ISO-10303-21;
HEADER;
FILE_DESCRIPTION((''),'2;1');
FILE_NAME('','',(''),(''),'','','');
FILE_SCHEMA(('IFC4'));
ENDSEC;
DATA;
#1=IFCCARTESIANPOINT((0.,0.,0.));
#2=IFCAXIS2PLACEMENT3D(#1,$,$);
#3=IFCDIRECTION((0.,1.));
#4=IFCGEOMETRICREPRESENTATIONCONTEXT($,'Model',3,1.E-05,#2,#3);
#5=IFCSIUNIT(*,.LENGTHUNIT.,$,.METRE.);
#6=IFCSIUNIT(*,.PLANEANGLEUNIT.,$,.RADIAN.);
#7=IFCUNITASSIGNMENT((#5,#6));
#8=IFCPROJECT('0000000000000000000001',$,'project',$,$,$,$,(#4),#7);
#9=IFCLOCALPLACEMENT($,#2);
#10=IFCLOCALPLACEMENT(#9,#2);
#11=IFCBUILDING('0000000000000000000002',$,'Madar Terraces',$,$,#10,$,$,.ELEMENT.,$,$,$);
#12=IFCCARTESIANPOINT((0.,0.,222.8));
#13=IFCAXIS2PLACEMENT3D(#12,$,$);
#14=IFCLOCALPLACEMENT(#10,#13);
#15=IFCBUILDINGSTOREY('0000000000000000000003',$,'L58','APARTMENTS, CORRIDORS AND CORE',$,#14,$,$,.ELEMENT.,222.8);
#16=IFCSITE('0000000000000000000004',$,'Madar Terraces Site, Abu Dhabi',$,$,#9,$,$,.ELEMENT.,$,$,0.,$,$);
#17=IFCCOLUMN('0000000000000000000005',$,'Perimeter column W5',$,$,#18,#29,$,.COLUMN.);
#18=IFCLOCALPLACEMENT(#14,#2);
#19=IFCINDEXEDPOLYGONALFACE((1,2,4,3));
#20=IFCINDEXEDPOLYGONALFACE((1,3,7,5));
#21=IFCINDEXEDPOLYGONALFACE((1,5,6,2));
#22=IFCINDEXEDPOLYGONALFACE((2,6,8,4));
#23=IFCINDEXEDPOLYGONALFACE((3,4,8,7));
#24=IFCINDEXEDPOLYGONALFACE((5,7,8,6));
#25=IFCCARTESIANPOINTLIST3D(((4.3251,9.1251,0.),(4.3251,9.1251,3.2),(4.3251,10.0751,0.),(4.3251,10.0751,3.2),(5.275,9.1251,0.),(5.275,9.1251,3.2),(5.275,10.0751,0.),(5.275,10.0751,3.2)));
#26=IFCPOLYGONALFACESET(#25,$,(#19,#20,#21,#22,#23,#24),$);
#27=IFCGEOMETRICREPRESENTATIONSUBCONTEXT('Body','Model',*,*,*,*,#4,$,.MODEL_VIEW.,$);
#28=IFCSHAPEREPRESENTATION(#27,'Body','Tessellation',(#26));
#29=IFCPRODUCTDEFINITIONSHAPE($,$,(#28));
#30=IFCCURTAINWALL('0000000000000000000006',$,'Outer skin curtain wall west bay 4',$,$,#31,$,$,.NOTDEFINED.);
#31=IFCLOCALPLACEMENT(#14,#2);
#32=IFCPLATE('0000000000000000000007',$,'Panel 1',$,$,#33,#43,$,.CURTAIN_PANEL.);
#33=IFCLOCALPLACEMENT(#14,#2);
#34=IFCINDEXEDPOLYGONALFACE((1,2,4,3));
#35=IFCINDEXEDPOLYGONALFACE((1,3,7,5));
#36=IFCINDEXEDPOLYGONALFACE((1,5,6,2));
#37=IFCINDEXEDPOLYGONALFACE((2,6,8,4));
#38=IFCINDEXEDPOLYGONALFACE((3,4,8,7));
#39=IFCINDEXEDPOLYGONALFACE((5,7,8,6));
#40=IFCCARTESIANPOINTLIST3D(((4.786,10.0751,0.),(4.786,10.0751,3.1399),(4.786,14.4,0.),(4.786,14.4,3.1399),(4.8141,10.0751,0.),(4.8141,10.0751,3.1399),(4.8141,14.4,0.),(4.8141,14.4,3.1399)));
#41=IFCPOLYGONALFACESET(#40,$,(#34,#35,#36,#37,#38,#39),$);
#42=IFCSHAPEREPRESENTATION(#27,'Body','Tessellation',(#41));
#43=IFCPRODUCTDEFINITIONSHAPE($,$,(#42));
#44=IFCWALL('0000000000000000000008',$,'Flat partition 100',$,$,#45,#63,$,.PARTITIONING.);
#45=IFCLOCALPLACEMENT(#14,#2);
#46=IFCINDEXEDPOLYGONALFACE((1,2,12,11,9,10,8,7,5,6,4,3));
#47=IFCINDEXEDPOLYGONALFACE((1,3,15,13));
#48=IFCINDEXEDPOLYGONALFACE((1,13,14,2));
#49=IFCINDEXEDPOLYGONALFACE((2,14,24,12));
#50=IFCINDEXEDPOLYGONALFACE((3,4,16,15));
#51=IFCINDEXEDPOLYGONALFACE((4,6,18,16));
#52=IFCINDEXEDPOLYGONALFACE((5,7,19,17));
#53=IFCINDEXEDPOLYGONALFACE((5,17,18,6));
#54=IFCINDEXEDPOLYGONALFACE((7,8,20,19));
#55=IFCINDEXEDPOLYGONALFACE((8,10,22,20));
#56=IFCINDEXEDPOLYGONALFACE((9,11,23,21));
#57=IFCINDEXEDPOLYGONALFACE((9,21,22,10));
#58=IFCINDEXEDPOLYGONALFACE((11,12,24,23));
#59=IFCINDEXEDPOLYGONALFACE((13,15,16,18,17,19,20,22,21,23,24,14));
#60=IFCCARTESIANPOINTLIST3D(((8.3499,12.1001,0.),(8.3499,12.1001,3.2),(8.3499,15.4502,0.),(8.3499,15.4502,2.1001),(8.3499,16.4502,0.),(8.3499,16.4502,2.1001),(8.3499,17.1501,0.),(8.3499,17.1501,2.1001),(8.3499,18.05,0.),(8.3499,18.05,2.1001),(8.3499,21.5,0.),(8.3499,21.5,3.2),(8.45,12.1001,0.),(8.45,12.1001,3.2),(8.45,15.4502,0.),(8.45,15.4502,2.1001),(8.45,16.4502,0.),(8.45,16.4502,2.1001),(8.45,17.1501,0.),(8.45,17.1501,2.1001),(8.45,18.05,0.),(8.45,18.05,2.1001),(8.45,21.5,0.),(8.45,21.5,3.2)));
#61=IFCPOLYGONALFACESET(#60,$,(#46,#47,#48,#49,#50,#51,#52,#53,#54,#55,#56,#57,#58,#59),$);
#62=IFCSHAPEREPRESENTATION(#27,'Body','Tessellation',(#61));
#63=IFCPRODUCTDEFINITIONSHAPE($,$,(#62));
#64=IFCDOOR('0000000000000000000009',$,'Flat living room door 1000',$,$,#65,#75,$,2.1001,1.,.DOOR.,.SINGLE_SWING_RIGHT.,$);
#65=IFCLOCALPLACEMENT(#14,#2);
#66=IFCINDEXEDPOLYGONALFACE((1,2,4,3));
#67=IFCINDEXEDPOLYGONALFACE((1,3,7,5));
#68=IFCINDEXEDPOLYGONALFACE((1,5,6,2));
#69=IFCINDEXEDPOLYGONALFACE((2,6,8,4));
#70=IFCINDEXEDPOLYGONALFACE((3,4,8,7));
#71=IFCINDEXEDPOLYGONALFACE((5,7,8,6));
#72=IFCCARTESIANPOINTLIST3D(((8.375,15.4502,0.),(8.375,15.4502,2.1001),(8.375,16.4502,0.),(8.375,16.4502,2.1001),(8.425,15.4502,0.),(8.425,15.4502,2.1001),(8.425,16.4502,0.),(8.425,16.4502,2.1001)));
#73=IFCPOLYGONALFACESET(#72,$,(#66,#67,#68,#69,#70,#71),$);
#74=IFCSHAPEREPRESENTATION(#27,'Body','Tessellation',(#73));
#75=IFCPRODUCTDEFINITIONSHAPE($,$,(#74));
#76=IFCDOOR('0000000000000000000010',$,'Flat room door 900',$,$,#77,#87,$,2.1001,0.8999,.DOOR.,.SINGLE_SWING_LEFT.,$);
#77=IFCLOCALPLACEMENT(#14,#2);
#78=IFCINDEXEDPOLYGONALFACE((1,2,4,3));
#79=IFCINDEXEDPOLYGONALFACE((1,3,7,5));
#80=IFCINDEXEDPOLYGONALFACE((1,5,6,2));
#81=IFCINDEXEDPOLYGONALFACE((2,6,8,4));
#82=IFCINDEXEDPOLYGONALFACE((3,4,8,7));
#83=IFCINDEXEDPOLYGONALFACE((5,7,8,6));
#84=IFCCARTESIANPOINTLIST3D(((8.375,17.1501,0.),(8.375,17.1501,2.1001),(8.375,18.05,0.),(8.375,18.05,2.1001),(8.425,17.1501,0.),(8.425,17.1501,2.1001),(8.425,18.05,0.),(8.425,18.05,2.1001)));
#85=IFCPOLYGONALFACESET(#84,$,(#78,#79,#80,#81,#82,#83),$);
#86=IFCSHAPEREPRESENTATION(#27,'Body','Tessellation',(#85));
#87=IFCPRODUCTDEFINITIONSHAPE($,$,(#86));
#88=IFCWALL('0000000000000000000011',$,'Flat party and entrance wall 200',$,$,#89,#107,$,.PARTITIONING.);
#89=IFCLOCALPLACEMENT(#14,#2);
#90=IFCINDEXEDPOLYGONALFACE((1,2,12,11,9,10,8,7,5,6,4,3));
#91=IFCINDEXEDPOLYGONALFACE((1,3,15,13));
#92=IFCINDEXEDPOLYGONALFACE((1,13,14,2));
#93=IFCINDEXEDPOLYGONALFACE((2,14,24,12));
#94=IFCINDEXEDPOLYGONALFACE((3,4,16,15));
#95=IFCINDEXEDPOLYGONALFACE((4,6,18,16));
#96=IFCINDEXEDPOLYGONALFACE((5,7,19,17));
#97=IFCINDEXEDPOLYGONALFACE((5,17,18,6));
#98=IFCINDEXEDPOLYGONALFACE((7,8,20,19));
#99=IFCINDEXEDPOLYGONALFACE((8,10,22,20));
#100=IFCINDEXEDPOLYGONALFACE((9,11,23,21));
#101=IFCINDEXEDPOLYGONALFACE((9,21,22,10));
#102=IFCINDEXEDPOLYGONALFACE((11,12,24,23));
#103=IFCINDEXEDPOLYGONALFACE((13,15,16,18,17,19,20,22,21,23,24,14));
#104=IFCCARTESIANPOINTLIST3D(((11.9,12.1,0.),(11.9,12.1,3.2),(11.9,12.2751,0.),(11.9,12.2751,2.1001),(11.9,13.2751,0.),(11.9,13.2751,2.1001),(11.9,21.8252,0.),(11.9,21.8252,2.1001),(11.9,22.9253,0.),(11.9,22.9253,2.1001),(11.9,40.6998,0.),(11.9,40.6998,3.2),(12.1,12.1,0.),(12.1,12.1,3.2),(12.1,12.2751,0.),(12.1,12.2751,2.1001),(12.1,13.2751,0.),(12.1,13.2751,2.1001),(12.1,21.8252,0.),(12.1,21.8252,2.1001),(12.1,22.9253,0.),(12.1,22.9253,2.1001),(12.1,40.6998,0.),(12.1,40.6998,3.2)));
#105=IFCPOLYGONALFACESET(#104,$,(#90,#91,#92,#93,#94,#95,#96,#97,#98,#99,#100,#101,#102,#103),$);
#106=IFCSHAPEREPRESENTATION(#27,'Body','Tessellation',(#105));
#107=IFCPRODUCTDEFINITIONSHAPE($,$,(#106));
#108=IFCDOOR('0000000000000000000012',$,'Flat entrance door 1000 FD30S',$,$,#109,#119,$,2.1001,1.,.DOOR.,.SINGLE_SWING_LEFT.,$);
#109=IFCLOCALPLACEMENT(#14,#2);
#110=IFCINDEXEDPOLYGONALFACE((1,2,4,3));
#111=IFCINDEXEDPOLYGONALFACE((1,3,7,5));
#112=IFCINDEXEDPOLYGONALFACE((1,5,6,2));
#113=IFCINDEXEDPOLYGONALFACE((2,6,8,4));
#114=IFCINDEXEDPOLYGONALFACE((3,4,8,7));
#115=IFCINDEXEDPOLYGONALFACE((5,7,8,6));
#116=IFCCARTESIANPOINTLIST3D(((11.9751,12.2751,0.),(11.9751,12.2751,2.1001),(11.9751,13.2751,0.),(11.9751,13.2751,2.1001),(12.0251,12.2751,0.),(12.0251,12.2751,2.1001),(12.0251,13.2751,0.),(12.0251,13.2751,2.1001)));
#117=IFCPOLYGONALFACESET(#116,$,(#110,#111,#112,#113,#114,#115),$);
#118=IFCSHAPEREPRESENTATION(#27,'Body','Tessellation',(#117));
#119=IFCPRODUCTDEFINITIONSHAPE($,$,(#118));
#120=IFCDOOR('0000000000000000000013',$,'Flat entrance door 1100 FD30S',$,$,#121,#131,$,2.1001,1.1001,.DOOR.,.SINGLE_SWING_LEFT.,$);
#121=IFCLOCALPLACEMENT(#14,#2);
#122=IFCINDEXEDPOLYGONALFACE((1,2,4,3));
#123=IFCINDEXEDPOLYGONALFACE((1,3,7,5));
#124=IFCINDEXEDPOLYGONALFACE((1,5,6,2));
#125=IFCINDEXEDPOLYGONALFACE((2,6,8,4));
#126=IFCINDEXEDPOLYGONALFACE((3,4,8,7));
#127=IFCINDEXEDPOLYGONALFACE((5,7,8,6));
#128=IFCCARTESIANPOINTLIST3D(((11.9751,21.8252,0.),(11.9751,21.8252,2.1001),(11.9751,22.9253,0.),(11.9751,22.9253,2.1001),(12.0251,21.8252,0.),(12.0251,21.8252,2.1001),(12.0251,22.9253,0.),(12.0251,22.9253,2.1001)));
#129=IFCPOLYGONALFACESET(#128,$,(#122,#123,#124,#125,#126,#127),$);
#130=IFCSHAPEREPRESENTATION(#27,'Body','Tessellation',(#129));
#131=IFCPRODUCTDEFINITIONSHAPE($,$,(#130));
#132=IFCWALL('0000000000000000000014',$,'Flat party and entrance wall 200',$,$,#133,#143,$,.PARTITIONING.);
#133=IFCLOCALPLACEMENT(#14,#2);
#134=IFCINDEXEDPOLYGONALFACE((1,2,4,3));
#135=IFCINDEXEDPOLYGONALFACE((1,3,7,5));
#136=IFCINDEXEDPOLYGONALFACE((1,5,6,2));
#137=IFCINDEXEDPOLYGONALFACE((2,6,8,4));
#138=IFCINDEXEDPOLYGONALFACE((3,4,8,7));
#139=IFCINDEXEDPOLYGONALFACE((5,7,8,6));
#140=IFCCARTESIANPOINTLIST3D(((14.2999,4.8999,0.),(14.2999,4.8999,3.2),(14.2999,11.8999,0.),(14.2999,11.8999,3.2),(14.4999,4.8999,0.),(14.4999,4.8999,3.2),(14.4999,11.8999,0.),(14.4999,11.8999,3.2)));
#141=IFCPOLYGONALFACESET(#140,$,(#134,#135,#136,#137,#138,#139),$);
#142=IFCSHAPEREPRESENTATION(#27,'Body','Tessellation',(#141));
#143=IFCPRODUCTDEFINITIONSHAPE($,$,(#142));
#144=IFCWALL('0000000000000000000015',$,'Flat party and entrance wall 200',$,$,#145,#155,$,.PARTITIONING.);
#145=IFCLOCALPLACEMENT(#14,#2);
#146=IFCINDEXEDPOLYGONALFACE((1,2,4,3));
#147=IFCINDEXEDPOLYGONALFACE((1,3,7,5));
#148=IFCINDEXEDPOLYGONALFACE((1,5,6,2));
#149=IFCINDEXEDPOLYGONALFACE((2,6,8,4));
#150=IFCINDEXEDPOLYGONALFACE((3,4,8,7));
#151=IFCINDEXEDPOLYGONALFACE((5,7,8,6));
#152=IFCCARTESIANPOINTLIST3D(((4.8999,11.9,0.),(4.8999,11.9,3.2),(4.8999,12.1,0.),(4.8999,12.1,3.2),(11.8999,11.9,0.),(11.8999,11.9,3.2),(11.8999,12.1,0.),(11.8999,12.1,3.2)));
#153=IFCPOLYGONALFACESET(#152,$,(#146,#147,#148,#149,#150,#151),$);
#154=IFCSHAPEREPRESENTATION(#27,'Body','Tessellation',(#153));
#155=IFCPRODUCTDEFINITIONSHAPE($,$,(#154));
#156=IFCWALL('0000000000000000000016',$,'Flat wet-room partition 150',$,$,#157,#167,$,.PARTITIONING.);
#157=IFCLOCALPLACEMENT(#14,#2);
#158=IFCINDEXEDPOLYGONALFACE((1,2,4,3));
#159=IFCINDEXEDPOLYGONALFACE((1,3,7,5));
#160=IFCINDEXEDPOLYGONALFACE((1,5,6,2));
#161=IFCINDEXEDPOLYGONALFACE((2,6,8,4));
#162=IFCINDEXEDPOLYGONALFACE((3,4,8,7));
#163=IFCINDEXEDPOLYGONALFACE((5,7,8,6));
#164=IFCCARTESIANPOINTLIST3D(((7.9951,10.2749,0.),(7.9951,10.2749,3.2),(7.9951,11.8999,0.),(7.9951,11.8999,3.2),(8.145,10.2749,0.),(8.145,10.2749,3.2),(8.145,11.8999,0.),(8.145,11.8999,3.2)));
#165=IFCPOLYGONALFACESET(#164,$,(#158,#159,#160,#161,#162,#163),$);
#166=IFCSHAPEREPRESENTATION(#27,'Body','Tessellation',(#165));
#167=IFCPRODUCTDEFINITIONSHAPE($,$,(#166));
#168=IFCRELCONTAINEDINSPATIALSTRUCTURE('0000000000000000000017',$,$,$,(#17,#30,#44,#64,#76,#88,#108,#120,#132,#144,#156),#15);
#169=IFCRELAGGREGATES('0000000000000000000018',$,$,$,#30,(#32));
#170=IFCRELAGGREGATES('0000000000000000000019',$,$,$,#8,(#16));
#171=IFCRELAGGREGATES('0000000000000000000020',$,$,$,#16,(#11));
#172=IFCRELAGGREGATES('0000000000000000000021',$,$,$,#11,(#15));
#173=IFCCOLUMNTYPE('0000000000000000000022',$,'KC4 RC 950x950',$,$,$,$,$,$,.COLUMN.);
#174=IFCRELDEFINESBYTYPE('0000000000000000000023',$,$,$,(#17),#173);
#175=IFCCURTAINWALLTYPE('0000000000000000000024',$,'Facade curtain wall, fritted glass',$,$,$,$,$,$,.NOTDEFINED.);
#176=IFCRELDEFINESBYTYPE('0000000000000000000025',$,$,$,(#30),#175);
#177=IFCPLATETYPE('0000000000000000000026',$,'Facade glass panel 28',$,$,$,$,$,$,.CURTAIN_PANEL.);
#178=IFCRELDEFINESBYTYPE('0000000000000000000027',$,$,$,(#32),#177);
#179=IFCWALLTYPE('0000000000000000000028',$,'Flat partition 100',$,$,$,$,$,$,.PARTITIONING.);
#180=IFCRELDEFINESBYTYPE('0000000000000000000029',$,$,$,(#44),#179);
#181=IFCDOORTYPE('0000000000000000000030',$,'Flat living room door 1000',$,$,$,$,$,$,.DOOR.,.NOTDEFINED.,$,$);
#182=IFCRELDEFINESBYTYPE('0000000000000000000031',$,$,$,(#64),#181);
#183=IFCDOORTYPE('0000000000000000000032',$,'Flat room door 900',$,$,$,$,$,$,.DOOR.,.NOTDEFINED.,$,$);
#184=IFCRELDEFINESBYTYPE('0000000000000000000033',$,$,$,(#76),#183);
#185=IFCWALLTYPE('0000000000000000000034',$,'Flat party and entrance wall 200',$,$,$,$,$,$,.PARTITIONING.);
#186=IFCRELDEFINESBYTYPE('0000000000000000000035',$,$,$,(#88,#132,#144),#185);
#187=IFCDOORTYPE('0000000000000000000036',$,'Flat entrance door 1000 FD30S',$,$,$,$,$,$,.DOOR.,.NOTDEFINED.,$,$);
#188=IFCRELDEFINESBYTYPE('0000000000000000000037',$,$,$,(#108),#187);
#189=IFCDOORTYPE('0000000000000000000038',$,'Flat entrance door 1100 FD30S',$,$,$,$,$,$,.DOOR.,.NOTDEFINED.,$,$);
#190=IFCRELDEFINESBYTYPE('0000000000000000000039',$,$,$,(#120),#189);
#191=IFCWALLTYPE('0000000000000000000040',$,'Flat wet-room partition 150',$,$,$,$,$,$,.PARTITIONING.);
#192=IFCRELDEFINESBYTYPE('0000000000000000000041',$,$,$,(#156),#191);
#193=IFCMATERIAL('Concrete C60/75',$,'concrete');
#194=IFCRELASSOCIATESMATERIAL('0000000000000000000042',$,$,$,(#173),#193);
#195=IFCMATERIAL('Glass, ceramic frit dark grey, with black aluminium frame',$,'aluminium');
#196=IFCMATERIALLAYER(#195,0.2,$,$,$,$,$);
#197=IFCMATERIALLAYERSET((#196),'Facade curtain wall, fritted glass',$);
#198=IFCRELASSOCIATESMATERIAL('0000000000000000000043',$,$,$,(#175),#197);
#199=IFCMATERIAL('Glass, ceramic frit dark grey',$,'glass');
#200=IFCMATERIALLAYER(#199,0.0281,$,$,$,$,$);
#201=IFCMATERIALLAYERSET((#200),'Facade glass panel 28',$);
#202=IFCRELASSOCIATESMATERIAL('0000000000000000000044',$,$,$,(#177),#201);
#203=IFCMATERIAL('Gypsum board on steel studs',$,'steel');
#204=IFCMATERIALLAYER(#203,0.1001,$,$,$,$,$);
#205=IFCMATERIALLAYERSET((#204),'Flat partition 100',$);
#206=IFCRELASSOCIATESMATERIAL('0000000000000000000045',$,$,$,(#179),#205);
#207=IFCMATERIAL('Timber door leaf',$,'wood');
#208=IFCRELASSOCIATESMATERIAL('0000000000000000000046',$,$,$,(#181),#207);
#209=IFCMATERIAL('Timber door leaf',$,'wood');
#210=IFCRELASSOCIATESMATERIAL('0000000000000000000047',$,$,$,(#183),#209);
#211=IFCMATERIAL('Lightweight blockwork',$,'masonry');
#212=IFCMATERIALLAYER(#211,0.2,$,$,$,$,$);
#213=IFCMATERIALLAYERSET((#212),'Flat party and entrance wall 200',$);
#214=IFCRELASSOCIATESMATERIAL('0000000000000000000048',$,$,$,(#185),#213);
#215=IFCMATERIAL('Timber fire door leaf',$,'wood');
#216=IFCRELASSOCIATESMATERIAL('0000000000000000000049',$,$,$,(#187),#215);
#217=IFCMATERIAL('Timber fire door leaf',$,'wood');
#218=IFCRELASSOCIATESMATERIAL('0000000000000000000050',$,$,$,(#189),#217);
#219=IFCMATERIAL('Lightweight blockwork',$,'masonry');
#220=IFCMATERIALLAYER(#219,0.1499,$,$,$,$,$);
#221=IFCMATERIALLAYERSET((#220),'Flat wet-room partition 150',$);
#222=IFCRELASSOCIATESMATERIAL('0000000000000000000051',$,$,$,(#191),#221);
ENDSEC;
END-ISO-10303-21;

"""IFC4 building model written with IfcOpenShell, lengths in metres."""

from ifc_helpers import new_model, si_unit, direction, frame, frame_2d, origin, origin_2d, place, context, subcontext, project, spatial, rectangle, extrude, material, layer, layer_set, material_profile, profile_set, type_object, element, fill, aggregate, save


model = new_model("IFC4")

# Units and contexts
model_context = context("Model", 3, precision=1e-05, world=origin(), true_north=direction((0.0, 1.0)))
body_context = subcontext(model_context, "Body", "Model", "MODEL_VIEW")
ifc_project = project(units=[si_unit("LENGTHUNIT", "METRE"), si_unit("PLANEANGLEUNIT", "RADIAN")], contexts=[model_context])

# Site, building, storey
site_placement = place(None, origin())
site = spatial("IfcSite", under=ifc_project, at=site_placement, Name="Madar Terraces Site, Abu Dhabi", CompositionType="ELEMENT", RefElevation=0.0)
building_placement = place(site_placement, origin())
building = spatial("IfcBuilding", under=site, at=building_placement, Name="Madar Terraces", CompositionType="ELEMENT")
storey_placement = place(building_placement, frame((0.0, 0.0, 222.8)))
storey = spatial("IfcBuildingStorey", under=building, at=storey_placement, Name="L58", Description="APARTMENTS, CORRIDORS AND CORE", CompositionType="ELEMENT", Elevation=222.8)

# Column
ifc_material_1 = material(Name="Concrete C60/75", Category="concrete")
ifc_material_profile = material_profile(ifc_material_1, rectangle(XDim=0.95, YDim=0.95, at=origin_2d()), Name="KC4 RC 950x950")
ifc_profile_set = profile_set([ifc_material_profile], Name="Concrete C60/75")
column_type = type_object("IfcColumnType", Name="KC4 RC 950x950", PredefinedType="COLUMN", material=ifc_profile_set)
column_placement = place(storey_placement, frame((4.8, 9.6001, 0.0), z_axis=(0.0, 0.0, 1.0), x_axis=(1.0, 0.0, 0.0)))
element("IfcColumn", 1, at=column_placement, inside=storey, type_object=column_type, Name="Perimeter column W5", PredefinedType="COLUMN", context=body_context, shape_type="SweptSolid", body=[
    extrude(rectangle(XDim=0.95, YDim=0.95, at=origin_2d()), origin(), (0.0, 0.0, 1.0), 3.2),
])

# Curtain wall, plate
ifc_material_2 = material(Name="Glass, ceramic frit dark grey, with black aluminium frame", Category="aluminium")
ifc_layer_1 = layer(ifc_material_2, 0.2)
ifc_layer_set_1 = layer_set([ifc_layer_1], Name="Facade curtain wall, fritted glass")
curtain_wall_type = type_object("IfcCurtainWallType", Name="Facade curtain wall, fritted glass", PredefinedType="NOTDEFINED", material=ifc_layer_set_1)
curtain_wall_placement = place(storey_placement, origin())
curtain_wall = element("IfcCurtainWall", 2, at=curtain_wall_placement, inside=storey, type_object=curtain_wall_type, Name="Outer skin curtain wall west bay 4", PredefinedType="NOTDEFINED")
ifc_material_3 = material(Name="Glass, ceramic frit dark grey", Category="glass")
ifc_layer_2 = layer(ifc_material_3, 0.0281)
ifc_layer_set_2 = layer_set([ifc_layer_2], Name="Facade glass panel 28")
plate_type = type_object("IfcPlateType", Name="Facade glass panel 28", PredefinedType="CURTAIN_PANEL", material=ifc_layer_set_2)
plate_placement = place(storey_placement, frame((4.8, 12.2375, 0.0), z_axis=(0.0, 0.0, 1.0), x_axis=(0.0, -1.0, 0.0)))
plate = element("IfcPlate", 3, at=plate_placement, type_object=plate_type, Name="Panel 1", PredefinedType="CURTAIN_PANEL", context=body_context, shape_type="SweptSolid", body=[
    extrude(rectangle(XDim=4.325, YDim=0.0281, at=origin_2d()), origin(), (0.0, 0.0, 1.0), 3.1399),
])
aggregate(curtain_wall, [plate])

# Walls, openings, doors
ifc_material_4 = material(Name="Gypsum board on steel studs", Category="steel")
ifc_layer_3 = layer(ifc_material_4, 0.1001)
ifc_layer_set_3 = layer_set([ifc_layer_3], Name="Flat partition 100")
wall_type_1 = type_object("IfcWallType", Name="Flat partition 100", PredefinedType="PARTITIONING", material=ifc_layer_set_3)
wall_1_placement = place(storey_placement, frame((8.3999, 12.1001, 0.0), z_axis=(0.0, 0.0, 1.0), x_axis=(0.0, 1.0, 0.0)))
wall_1 = element("IfcWall", 4, at=wall_1_placement, inside=storey, type_object=wall_type_1, Name="Flat partition 100", PredefinedType="PARTITIONING", context=body_context, shape_type="SweptSolid", body=[
    extrude(rectangle(XDim=9.3999, YDim=0.1001, at=frame_2d((4.7, 0.0))), origin(), (0.0, 0.0, 1.0), 3.2),
])
opening_1_placement = place(wall_1_placement, frame((3.3501, 0.0, 0.0)))
opening_1 = element("IfcOpeningElement", 5, at=opening_1_placement, cuts=wall_1, PredefinedType="OPENING", context=body_context, shape_type="SweptSolid", body=[
    extrude(rectangle(XDim=1.0, YDim=2.1001, at=frame_2d((0.5, 1.05))), frame((0.0, 0.0601, 0.0), z_axis=(0.0, -1.0, 0.0), x_axis=(1.0, 0.0, 0.0)), (0.0, 0.0, 1.0), 0.1201),
])
opening_2_placement = place(wall_1_placement, frame((5.05, 0.0, 0.0)))
opening_2 = element("IfcOpeningElement", 6, at=opening_2_placement, cuts=wall_1, PredefinedType="OPENING", context=body_context, shape_type="SweptSolid", body=[
    extrude(rectangle(XDim=0.8999, YDim=2.1001, at=frame_2d((0.45, 1.05))), frame((0.0, 0.0601, 0.0), z_axis=(0.0, -1.0, 0.0), x_axis=(1.0, 0.0, 0.0)), (0.0, 0.0, 1.0), 0.1201),
])
ifc_material_5 = material(Name="Timber door leaf", Category="wood")
door_type_1 = type_object("IfcDoorType", Name="Flat living room door 1000", OperationType="NOTDEFINED", PredefinedType="DOOR", material=ifc_material_5)
door_1_placement = place(opening_1_placement, origin())
door_1 = element("IfcDoor", 7, at=door_1_placement, inside=storey, type_object=door_type_1, Name="Flat living room door 1000", OperationType="SINGLE_SWING_RIGHT", OverallHeight=2.1001, OverallWidth=1.0, PredefinedType="DOOR", context=body_context, shape_type="SweptSolid", body=[
    extrude(rectangle(XDim=1.0, YDim=2.1001, at=frame_2d((0.5, 1.05))), frame((0.0, 0.0249, 0.0), z_axis=(0.0, -1.0, 0.0), x_axis=(1.0, 0.0, 0.0)), (0.0, 0.0, 1.0), 0.05),
])
fill(opening_1, door_1)
ifc_material_6 = material(Name="Timber door leaf", Category="wood")
door_type_2 = type_object("IfcDoorType", Name="Flat room door 900", OperationType="NOTDEFINED", PredefinedType="DOOR", material=ifc_material_6)
door_2_placement = place(opening_2_placement, origin())
door_2 = element("IfcDoor", 8, at=door_2_placement, inside=storey, type_object=door_type_2, Name="Flat room door 900", OperationType="SINGLE_SWING_LEFT", OverallHeight=2.1001, OverallWidth=0.8999, PredefinedType="DOOR", context=body_context, shape_type="SweptSolid", body=[
    extrude(rectangle(XDim=0.8999, YDim=2.1001, at=frame_2d((0.45, 1.05))), frame((0.0, 0.0249, 0.0), z_axis=(0.0, -1.0, 0.0), x_axis=(1.0, 0.0, 0.0)), (0.0, 0.0, 1.0), 0.05),
])
fill(opening_2, door_2)
ifc_material_7 = material(Name="Lightweight blockwork", Category="masonry")
ifc_layer_4 = layer(ifc_material_7, 0.2)
ifc_layer_set_4 = layer_set([ifc_layer_4], Name="Flat party and entrance wall 200")
wall_type_2 = type_object("IfcWallType", Name="Flat party and entrance wall 200", PredefinedType="PARTITIONING", material=ifc_layer_set_4)
wall_2_placement = place(storey_placement, frame((12.0, 12.1001, 0.0), z_axis=(0.0, 0.0, 1.0), x_axis=(0.0, 1.0, 0.0)))
wall_2 = element("IfcWall", 9, at=wall_2_placement, inside=storey, type_object=wall_type_2, Name="Flat party and entrance wall 200", PredefinedType="PARTITIONING", context=body_context, shape_type="SweptSolid", body=[
    extrude(rectangle(XDim=28.5999, YDim=0.2, at=frame_2d((14.2998, 0.0))), origin(), (0.0, 0.0, 1.0), 3.2),
])
opening_3_placement = place(wall_2_placement, frame((9.7251, 0.0, 0.0)))
opening_3 = element("IfcOpeningElement", 10, at=opening_3_placement, cuts=wall_2, PredefinedType="OPENING", context=body_context, shape_type="SweptSolid", body=[
    extrude(rectangle(XDim=1.1001, YDim=2.1001, at=frame_2d((0.55, 1.05))), frame((0.0, 0.1099, 0.0), z_axis=(0.0, -1.0, 0.0), x_axis=(1.0, 0.0, 0.0)), (0.0, 0.0, 1.0), 0.22),
])
opening_4_placement = place(wall_2_placement, frame((0.175, 0.0, 0.0)))
opening_4 = element("IfcOpeningElement", 11, at=opening_4_placement, cuts=wall_2, PredefinedType="OPENING", context=body_context, shape_type="SweptSolid", body=[
    extrude(rectangle(XDim=1.0, YDim=2.1001, at=frame_2d((0.5, 1.05))), frame((0.0, 0.1099, 0.0), z_axis=(0.0, -1.0, 0.0), x_axis=(1.0, 0.0, 0.0)), (0.0, 0.0, 1.0), 0.22),
])
ifc_material_8 = material(Name="Timber fire door leaf", Category="wood")
door_type_3 = type_object("IfcDoorType", Name="Flat entrance door 1000 FD30S", OperationType="NOTDEFINED", PredefinedType="DOOR", material=ifc_material_8)
door_3_placement = place(opening_4_placement, origin())
door_3 = element("IfcDoor", 12, at=door_3_placement, inside=storey, type_object=door_type_3, Name="Flat entrance door 1000 FD30S", OperationType="SINGLE_SWING_LEFT", OverallHeight=2.1001, OverallWidth=1.0, PredefinedType="DOOR", context=body_context, shape_type="SweptSolid", body=[
    extrude(rectangle(XDim=1.0, YDim=2.1001, at=frame_2d((0.5, 1.05))), frame((0.0, 0.0249, 0.0), z_axis=(0.0, -1.0, 0.0), x_axis=(1.0, 0.0, 0.0)), (0.0, 0.0, 1.0), 0.05),
])
fill(opening_4, door_3)
ifc_material_9 = material(Name="Timber fire door leaf", Category="wood")
door_type_4 = type_object("IfcDoorType", Name="Flat entrance door 1100 FD30S", OperationType="NOTDEFINED", PredefinedType="DOOR", material=ifc_material_9)
door_4_placement = place(opening_3_placement, origin())
door_4 = element("IfcDoor", 13, at=door_4_placement, inside=storey, type_object=door_type_4, Name="Flat entrance door 1100 FD30S", OperationType="SINGLE_SWING_LEFT", OverallHeight=2.1001, OverallWidth=1.1001, PredefinedType="DOOR", context=body_context, shape_type="SweptSolid", body=[
    extrude(rectangle(XDim=1.1001, YDim=2.1001, at=frame_2d((0.55, 1.05))), frame((0.0, 0.0249, 0.0), z_axis=(0.0, -1.0, 0.0), x_axis=(1.0, 0.0, 0.0)), (0.0, 0.0, 1.0), 0.05),
])
fill(opening_3, door_4)

# Walls
for number, where, z_axis, x_axis, name in (
    (14, (14.3999, 11.8999, 0.0), (0.0, 0.0, 1.0), (0.0, -1.0, 0.0), "Flat party and entrance wall 200"),
    (15, (4.8999, 12.0, 0.0), (0.0, 0.0, 1.0), (1.0, 0.0, 0.0), "Flat party and entrance wall 200"),
):
    element("IfcWall", number, at=place(storey_placement, frame(where, z_axis=z_axis, x_axis=x_axis)), inside=storey, type_object=wall_type_2, Name=name, PredefinedType="PARTITIONING", context=body_context, shape_type="SweptSolid", body=[
        extrude(rectangle(XDim=7.0, YDim=0.2, at=frame_2d((3.5, 0.0))), origin(), (0.0, 0.0, 1.0), 3.2),
    ])
ifc_material_10 = material(Name="Lightweight blockwork", Category="masonry")
ifc_layer_5 = layer(ifc_material_10, 0.1499)
ifc_layer_set_5 = layer_set([ifc_layer_5], Name="Flat wet-room partition 150")
wall_type_3 = type_object("IfcWallType", Name="Flat wet-room partition 150", PredefinedType="PARTITIONING", material=ifc_layer_set_5)
wall_3_placement = place(storey_placement, frame((8.0701, 11.8999, 0.0), z_axis=(0.0, 0.0, 1.0), x_axis=(0.0, -1.0, 0.0)))
element("IfcWall", 16, at=wall_3_placement, inside=storey, type_object=wall_type_3, Name="Flat wet-room partition 150", PredefinedType="PARTITIONING", context=body_context, shape_type="SweptSolid", body=[
    extrude(rectangle(XDim=1.625, YDim=0.1499, at=frame_2d((0.8125, 0.0))), origin(), (0.0, 0.0, 1.0), 3.2),
])

save(model, "model.ifc")
